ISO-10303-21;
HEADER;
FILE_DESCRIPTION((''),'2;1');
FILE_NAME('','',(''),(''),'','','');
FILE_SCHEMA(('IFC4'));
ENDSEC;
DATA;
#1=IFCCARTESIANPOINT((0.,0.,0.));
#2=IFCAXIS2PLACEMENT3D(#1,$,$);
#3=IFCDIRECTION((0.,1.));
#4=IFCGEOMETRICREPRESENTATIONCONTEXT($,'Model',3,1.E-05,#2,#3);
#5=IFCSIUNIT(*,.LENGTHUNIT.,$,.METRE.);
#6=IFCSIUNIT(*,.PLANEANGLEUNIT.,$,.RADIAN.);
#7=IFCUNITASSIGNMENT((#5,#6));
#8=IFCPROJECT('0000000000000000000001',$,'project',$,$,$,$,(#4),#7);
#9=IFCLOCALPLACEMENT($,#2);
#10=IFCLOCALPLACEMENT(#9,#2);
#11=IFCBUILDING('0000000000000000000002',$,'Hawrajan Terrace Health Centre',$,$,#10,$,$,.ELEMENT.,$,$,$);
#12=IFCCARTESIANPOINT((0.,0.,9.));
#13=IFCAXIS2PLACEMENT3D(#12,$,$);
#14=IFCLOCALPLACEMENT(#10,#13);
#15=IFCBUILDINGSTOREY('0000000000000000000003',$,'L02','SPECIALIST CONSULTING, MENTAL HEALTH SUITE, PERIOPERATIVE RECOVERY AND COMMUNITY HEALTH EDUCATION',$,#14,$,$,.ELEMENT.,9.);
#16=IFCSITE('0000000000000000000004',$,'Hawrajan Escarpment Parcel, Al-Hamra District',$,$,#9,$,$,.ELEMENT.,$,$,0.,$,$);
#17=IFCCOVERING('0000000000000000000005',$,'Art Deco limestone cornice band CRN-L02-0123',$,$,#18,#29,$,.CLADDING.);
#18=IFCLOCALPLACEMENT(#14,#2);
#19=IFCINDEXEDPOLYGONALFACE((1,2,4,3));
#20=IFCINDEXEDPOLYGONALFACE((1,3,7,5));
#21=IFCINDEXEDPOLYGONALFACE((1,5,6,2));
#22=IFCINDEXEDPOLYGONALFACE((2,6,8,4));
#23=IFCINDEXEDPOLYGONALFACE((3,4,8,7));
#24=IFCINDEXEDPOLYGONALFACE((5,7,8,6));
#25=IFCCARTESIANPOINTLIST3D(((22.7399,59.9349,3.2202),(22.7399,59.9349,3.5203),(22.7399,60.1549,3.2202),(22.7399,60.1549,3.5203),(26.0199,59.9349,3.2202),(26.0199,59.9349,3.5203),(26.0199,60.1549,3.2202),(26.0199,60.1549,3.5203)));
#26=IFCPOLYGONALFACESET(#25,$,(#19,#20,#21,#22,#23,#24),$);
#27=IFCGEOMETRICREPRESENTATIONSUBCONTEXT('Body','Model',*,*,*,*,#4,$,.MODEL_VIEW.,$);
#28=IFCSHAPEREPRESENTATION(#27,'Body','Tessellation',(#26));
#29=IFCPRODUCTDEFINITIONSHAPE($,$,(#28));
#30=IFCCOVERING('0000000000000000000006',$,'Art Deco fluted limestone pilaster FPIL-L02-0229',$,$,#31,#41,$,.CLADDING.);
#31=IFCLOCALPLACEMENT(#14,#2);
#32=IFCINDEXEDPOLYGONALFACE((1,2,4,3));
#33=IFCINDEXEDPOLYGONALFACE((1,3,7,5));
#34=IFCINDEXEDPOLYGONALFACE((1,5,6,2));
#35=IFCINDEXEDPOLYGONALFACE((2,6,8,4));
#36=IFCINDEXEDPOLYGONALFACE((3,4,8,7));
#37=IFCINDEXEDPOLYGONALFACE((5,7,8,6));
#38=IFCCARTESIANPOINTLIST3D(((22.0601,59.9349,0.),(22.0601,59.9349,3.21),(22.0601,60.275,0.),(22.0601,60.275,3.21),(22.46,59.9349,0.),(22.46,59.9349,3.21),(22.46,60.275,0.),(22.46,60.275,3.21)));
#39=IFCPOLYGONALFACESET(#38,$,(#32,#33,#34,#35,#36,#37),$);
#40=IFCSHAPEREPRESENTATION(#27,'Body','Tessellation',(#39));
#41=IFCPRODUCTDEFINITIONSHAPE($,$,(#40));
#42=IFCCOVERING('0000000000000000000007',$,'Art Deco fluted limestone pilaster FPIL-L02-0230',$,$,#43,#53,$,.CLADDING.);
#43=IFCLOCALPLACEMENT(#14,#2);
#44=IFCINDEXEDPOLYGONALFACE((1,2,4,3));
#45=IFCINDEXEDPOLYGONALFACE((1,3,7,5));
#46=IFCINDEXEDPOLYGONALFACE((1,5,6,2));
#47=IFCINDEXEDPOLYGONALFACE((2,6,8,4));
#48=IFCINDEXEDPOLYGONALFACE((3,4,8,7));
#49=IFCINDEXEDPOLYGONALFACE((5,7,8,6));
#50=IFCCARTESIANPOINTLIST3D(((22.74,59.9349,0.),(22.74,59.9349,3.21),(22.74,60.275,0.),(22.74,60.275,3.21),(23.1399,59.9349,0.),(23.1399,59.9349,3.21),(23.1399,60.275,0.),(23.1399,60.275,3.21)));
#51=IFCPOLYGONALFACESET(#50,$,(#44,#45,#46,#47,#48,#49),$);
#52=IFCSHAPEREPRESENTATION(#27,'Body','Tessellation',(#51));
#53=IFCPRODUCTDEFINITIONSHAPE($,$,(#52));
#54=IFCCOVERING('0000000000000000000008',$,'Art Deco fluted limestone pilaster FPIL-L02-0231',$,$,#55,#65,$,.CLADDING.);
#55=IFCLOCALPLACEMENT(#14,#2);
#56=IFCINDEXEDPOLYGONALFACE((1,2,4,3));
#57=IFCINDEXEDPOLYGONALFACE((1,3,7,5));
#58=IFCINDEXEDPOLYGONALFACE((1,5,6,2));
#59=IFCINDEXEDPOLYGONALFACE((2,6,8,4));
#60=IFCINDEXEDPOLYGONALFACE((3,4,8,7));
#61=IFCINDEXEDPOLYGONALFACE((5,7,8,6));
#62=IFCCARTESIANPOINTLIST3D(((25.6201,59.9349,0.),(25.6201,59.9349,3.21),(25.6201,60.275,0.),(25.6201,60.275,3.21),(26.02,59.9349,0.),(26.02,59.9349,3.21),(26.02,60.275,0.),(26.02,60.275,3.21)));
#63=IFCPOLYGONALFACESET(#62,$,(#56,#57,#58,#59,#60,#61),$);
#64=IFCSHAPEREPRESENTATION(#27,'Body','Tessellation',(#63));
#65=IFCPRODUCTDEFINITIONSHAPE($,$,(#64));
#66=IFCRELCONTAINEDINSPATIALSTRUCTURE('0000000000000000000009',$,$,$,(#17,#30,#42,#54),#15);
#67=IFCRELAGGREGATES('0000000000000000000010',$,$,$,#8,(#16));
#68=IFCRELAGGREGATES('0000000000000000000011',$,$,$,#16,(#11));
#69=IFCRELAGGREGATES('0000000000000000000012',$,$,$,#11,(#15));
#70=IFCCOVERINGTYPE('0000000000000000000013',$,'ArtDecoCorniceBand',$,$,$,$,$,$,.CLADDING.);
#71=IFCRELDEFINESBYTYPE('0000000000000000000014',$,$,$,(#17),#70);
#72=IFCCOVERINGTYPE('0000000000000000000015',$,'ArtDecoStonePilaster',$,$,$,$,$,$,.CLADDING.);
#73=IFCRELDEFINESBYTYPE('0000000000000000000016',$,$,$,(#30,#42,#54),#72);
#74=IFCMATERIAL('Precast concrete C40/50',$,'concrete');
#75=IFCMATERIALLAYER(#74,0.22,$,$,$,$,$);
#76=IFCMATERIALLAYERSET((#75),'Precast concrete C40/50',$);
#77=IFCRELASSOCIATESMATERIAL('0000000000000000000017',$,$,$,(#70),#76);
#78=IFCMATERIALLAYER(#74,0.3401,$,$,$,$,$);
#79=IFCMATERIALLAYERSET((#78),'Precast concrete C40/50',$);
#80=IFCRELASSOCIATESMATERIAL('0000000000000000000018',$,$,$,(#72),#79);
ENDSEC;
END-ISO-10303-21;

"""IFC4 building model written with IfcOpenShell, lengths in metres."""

from ifc_helpers import new_model, si_unit, direction, frame, origin, origin_2d, place, context, subcontext, project, spatial, rectangle, extrude, material, layer, layer_set, type_object, element, save


model = new_model("IFC4")

# Units and contexts
model_context = context("Model", 3, precision=1e-05, world=origin(), true_north=direction((0.0, 1.0)))
body_context = subcontext(model_context, "Body", "Model", "MODEL_VIEW")
ifc_project = project(units=[si_unit("LENGTHUNIT", "METRE"), si_unit("PLANEANGLEUNIT", "RADIAN")], contexts=[model_context])

# Site, building, storey
site_placement = place(None, origin())
site = spatial("IfcSite", under=ifc_project, at=site_placement, Name="Hawrajan Escarpment Parcel, Al-Hamra District", CompositionType="ELEMENT", RefElevation=0.0)
building_placement = place(site_placement, origin())
building = spatial("IfcBuilding", under=site, at=building_placement, Name="Hawrajan Terrace Health Centre", CompositionType="ELEMENT")
storey_placement = place(building_placement, frame((0.0, 0.0, 9.0)))
storey = spatial("IfcBuildingStorey", under=building, at=storey_placement, Name="L02", Description="SPECIALIST CONSULTING, MENTAL HEALTH SUITE, PERIOPERATIVE RECOVERY AND COMMUNITY HEALTH EDUCATION", CompositionType="ELEMENT", Elevation=9.0)

# Shared definitions
ifc_material_1 = material(Name="Precast concrete C40/50", Category="concrete")

# Coverings
ifc_layer_1 = layer(ifc_material_1, 0.22)
ifc_layer_set_1 = layer_set([ifc_layer_1], Name="Precast concrete C40/50")
covering_type_1 = type_object("IfcCoveringType", Name="ArtDecoCorniceBand", PredefinedType="CLADDING", material=ifc_layer_set_1)
covering_1_placement = place(storey_placement, frame((24.3799, 60.0449, 3.2202), z_axis=(0.0, 0.0, 1.0), x_axis=(1.0, 0.0, 0.0)))
element("IfcCovering", 1, at=covering_1_placement, inside=storey, type_object=covering_type_1, Name="Art Deco limestone cornice band CRN-L02-0123", PredefinedType="CLADDING", context=body_context, shape_type="SweptSolid", body=[
    extrude(rectangle(XDim=3.28, YDim=0.22, at=origin_2d()), origin(), (0.0, 0.0, 1.0), 0.3),
])
ifc_layer_2 = layer(ifc_material_1, 0.3401)
ifc_layer_set_2 = layer_set([ifc_layer_2], Name="Precast concrete C40/50")
covering_type_2 = type_object("IfcCoveringType", Name="ArtDecoStonePilaster", PredefinedType="CLADDING", material=ifc_layer_set_2)
for number, where, z_axis, x_axis, name in (
    (2, (22.26, 60.105, 0.0), (0.0, 0.0, 1.0), (1.0, 0.0, 0.0), "Art Deco fluted limestone pilaster FPIL-L02-0229"),
    (3, (22.9399, 60.105, 0.0), (0.0, 0.0, 1.0), (1.0, 0.0, 0.0), "Art Deco fluted limestone pilaster FPIL-L02-0230"),
    (4, (25.8201, 60.105, 0.0), (0.0, 0.0, 1.0), (1.0, 0.0, 0.0), "Art Deco fluted limestone pilaster FPIL-L02-0231"),
):
    element("IfcCovering", number, at=place(storey_placement, frame(where, z_axis=z_axis, x_axis=x_axis)), inside=storey, type_object=covering_type_2, Name=name, PredefinedType="CLADDING", context=body_context, shape_type="SweptSolid", body=[
        extrude(rectangle(XDim=0.3999, YDim=0.3401, at=origin_2d()), origin(), (0.0, 0.0, 1.0), 3.21),
    ])

save(model, "model.ifc")
